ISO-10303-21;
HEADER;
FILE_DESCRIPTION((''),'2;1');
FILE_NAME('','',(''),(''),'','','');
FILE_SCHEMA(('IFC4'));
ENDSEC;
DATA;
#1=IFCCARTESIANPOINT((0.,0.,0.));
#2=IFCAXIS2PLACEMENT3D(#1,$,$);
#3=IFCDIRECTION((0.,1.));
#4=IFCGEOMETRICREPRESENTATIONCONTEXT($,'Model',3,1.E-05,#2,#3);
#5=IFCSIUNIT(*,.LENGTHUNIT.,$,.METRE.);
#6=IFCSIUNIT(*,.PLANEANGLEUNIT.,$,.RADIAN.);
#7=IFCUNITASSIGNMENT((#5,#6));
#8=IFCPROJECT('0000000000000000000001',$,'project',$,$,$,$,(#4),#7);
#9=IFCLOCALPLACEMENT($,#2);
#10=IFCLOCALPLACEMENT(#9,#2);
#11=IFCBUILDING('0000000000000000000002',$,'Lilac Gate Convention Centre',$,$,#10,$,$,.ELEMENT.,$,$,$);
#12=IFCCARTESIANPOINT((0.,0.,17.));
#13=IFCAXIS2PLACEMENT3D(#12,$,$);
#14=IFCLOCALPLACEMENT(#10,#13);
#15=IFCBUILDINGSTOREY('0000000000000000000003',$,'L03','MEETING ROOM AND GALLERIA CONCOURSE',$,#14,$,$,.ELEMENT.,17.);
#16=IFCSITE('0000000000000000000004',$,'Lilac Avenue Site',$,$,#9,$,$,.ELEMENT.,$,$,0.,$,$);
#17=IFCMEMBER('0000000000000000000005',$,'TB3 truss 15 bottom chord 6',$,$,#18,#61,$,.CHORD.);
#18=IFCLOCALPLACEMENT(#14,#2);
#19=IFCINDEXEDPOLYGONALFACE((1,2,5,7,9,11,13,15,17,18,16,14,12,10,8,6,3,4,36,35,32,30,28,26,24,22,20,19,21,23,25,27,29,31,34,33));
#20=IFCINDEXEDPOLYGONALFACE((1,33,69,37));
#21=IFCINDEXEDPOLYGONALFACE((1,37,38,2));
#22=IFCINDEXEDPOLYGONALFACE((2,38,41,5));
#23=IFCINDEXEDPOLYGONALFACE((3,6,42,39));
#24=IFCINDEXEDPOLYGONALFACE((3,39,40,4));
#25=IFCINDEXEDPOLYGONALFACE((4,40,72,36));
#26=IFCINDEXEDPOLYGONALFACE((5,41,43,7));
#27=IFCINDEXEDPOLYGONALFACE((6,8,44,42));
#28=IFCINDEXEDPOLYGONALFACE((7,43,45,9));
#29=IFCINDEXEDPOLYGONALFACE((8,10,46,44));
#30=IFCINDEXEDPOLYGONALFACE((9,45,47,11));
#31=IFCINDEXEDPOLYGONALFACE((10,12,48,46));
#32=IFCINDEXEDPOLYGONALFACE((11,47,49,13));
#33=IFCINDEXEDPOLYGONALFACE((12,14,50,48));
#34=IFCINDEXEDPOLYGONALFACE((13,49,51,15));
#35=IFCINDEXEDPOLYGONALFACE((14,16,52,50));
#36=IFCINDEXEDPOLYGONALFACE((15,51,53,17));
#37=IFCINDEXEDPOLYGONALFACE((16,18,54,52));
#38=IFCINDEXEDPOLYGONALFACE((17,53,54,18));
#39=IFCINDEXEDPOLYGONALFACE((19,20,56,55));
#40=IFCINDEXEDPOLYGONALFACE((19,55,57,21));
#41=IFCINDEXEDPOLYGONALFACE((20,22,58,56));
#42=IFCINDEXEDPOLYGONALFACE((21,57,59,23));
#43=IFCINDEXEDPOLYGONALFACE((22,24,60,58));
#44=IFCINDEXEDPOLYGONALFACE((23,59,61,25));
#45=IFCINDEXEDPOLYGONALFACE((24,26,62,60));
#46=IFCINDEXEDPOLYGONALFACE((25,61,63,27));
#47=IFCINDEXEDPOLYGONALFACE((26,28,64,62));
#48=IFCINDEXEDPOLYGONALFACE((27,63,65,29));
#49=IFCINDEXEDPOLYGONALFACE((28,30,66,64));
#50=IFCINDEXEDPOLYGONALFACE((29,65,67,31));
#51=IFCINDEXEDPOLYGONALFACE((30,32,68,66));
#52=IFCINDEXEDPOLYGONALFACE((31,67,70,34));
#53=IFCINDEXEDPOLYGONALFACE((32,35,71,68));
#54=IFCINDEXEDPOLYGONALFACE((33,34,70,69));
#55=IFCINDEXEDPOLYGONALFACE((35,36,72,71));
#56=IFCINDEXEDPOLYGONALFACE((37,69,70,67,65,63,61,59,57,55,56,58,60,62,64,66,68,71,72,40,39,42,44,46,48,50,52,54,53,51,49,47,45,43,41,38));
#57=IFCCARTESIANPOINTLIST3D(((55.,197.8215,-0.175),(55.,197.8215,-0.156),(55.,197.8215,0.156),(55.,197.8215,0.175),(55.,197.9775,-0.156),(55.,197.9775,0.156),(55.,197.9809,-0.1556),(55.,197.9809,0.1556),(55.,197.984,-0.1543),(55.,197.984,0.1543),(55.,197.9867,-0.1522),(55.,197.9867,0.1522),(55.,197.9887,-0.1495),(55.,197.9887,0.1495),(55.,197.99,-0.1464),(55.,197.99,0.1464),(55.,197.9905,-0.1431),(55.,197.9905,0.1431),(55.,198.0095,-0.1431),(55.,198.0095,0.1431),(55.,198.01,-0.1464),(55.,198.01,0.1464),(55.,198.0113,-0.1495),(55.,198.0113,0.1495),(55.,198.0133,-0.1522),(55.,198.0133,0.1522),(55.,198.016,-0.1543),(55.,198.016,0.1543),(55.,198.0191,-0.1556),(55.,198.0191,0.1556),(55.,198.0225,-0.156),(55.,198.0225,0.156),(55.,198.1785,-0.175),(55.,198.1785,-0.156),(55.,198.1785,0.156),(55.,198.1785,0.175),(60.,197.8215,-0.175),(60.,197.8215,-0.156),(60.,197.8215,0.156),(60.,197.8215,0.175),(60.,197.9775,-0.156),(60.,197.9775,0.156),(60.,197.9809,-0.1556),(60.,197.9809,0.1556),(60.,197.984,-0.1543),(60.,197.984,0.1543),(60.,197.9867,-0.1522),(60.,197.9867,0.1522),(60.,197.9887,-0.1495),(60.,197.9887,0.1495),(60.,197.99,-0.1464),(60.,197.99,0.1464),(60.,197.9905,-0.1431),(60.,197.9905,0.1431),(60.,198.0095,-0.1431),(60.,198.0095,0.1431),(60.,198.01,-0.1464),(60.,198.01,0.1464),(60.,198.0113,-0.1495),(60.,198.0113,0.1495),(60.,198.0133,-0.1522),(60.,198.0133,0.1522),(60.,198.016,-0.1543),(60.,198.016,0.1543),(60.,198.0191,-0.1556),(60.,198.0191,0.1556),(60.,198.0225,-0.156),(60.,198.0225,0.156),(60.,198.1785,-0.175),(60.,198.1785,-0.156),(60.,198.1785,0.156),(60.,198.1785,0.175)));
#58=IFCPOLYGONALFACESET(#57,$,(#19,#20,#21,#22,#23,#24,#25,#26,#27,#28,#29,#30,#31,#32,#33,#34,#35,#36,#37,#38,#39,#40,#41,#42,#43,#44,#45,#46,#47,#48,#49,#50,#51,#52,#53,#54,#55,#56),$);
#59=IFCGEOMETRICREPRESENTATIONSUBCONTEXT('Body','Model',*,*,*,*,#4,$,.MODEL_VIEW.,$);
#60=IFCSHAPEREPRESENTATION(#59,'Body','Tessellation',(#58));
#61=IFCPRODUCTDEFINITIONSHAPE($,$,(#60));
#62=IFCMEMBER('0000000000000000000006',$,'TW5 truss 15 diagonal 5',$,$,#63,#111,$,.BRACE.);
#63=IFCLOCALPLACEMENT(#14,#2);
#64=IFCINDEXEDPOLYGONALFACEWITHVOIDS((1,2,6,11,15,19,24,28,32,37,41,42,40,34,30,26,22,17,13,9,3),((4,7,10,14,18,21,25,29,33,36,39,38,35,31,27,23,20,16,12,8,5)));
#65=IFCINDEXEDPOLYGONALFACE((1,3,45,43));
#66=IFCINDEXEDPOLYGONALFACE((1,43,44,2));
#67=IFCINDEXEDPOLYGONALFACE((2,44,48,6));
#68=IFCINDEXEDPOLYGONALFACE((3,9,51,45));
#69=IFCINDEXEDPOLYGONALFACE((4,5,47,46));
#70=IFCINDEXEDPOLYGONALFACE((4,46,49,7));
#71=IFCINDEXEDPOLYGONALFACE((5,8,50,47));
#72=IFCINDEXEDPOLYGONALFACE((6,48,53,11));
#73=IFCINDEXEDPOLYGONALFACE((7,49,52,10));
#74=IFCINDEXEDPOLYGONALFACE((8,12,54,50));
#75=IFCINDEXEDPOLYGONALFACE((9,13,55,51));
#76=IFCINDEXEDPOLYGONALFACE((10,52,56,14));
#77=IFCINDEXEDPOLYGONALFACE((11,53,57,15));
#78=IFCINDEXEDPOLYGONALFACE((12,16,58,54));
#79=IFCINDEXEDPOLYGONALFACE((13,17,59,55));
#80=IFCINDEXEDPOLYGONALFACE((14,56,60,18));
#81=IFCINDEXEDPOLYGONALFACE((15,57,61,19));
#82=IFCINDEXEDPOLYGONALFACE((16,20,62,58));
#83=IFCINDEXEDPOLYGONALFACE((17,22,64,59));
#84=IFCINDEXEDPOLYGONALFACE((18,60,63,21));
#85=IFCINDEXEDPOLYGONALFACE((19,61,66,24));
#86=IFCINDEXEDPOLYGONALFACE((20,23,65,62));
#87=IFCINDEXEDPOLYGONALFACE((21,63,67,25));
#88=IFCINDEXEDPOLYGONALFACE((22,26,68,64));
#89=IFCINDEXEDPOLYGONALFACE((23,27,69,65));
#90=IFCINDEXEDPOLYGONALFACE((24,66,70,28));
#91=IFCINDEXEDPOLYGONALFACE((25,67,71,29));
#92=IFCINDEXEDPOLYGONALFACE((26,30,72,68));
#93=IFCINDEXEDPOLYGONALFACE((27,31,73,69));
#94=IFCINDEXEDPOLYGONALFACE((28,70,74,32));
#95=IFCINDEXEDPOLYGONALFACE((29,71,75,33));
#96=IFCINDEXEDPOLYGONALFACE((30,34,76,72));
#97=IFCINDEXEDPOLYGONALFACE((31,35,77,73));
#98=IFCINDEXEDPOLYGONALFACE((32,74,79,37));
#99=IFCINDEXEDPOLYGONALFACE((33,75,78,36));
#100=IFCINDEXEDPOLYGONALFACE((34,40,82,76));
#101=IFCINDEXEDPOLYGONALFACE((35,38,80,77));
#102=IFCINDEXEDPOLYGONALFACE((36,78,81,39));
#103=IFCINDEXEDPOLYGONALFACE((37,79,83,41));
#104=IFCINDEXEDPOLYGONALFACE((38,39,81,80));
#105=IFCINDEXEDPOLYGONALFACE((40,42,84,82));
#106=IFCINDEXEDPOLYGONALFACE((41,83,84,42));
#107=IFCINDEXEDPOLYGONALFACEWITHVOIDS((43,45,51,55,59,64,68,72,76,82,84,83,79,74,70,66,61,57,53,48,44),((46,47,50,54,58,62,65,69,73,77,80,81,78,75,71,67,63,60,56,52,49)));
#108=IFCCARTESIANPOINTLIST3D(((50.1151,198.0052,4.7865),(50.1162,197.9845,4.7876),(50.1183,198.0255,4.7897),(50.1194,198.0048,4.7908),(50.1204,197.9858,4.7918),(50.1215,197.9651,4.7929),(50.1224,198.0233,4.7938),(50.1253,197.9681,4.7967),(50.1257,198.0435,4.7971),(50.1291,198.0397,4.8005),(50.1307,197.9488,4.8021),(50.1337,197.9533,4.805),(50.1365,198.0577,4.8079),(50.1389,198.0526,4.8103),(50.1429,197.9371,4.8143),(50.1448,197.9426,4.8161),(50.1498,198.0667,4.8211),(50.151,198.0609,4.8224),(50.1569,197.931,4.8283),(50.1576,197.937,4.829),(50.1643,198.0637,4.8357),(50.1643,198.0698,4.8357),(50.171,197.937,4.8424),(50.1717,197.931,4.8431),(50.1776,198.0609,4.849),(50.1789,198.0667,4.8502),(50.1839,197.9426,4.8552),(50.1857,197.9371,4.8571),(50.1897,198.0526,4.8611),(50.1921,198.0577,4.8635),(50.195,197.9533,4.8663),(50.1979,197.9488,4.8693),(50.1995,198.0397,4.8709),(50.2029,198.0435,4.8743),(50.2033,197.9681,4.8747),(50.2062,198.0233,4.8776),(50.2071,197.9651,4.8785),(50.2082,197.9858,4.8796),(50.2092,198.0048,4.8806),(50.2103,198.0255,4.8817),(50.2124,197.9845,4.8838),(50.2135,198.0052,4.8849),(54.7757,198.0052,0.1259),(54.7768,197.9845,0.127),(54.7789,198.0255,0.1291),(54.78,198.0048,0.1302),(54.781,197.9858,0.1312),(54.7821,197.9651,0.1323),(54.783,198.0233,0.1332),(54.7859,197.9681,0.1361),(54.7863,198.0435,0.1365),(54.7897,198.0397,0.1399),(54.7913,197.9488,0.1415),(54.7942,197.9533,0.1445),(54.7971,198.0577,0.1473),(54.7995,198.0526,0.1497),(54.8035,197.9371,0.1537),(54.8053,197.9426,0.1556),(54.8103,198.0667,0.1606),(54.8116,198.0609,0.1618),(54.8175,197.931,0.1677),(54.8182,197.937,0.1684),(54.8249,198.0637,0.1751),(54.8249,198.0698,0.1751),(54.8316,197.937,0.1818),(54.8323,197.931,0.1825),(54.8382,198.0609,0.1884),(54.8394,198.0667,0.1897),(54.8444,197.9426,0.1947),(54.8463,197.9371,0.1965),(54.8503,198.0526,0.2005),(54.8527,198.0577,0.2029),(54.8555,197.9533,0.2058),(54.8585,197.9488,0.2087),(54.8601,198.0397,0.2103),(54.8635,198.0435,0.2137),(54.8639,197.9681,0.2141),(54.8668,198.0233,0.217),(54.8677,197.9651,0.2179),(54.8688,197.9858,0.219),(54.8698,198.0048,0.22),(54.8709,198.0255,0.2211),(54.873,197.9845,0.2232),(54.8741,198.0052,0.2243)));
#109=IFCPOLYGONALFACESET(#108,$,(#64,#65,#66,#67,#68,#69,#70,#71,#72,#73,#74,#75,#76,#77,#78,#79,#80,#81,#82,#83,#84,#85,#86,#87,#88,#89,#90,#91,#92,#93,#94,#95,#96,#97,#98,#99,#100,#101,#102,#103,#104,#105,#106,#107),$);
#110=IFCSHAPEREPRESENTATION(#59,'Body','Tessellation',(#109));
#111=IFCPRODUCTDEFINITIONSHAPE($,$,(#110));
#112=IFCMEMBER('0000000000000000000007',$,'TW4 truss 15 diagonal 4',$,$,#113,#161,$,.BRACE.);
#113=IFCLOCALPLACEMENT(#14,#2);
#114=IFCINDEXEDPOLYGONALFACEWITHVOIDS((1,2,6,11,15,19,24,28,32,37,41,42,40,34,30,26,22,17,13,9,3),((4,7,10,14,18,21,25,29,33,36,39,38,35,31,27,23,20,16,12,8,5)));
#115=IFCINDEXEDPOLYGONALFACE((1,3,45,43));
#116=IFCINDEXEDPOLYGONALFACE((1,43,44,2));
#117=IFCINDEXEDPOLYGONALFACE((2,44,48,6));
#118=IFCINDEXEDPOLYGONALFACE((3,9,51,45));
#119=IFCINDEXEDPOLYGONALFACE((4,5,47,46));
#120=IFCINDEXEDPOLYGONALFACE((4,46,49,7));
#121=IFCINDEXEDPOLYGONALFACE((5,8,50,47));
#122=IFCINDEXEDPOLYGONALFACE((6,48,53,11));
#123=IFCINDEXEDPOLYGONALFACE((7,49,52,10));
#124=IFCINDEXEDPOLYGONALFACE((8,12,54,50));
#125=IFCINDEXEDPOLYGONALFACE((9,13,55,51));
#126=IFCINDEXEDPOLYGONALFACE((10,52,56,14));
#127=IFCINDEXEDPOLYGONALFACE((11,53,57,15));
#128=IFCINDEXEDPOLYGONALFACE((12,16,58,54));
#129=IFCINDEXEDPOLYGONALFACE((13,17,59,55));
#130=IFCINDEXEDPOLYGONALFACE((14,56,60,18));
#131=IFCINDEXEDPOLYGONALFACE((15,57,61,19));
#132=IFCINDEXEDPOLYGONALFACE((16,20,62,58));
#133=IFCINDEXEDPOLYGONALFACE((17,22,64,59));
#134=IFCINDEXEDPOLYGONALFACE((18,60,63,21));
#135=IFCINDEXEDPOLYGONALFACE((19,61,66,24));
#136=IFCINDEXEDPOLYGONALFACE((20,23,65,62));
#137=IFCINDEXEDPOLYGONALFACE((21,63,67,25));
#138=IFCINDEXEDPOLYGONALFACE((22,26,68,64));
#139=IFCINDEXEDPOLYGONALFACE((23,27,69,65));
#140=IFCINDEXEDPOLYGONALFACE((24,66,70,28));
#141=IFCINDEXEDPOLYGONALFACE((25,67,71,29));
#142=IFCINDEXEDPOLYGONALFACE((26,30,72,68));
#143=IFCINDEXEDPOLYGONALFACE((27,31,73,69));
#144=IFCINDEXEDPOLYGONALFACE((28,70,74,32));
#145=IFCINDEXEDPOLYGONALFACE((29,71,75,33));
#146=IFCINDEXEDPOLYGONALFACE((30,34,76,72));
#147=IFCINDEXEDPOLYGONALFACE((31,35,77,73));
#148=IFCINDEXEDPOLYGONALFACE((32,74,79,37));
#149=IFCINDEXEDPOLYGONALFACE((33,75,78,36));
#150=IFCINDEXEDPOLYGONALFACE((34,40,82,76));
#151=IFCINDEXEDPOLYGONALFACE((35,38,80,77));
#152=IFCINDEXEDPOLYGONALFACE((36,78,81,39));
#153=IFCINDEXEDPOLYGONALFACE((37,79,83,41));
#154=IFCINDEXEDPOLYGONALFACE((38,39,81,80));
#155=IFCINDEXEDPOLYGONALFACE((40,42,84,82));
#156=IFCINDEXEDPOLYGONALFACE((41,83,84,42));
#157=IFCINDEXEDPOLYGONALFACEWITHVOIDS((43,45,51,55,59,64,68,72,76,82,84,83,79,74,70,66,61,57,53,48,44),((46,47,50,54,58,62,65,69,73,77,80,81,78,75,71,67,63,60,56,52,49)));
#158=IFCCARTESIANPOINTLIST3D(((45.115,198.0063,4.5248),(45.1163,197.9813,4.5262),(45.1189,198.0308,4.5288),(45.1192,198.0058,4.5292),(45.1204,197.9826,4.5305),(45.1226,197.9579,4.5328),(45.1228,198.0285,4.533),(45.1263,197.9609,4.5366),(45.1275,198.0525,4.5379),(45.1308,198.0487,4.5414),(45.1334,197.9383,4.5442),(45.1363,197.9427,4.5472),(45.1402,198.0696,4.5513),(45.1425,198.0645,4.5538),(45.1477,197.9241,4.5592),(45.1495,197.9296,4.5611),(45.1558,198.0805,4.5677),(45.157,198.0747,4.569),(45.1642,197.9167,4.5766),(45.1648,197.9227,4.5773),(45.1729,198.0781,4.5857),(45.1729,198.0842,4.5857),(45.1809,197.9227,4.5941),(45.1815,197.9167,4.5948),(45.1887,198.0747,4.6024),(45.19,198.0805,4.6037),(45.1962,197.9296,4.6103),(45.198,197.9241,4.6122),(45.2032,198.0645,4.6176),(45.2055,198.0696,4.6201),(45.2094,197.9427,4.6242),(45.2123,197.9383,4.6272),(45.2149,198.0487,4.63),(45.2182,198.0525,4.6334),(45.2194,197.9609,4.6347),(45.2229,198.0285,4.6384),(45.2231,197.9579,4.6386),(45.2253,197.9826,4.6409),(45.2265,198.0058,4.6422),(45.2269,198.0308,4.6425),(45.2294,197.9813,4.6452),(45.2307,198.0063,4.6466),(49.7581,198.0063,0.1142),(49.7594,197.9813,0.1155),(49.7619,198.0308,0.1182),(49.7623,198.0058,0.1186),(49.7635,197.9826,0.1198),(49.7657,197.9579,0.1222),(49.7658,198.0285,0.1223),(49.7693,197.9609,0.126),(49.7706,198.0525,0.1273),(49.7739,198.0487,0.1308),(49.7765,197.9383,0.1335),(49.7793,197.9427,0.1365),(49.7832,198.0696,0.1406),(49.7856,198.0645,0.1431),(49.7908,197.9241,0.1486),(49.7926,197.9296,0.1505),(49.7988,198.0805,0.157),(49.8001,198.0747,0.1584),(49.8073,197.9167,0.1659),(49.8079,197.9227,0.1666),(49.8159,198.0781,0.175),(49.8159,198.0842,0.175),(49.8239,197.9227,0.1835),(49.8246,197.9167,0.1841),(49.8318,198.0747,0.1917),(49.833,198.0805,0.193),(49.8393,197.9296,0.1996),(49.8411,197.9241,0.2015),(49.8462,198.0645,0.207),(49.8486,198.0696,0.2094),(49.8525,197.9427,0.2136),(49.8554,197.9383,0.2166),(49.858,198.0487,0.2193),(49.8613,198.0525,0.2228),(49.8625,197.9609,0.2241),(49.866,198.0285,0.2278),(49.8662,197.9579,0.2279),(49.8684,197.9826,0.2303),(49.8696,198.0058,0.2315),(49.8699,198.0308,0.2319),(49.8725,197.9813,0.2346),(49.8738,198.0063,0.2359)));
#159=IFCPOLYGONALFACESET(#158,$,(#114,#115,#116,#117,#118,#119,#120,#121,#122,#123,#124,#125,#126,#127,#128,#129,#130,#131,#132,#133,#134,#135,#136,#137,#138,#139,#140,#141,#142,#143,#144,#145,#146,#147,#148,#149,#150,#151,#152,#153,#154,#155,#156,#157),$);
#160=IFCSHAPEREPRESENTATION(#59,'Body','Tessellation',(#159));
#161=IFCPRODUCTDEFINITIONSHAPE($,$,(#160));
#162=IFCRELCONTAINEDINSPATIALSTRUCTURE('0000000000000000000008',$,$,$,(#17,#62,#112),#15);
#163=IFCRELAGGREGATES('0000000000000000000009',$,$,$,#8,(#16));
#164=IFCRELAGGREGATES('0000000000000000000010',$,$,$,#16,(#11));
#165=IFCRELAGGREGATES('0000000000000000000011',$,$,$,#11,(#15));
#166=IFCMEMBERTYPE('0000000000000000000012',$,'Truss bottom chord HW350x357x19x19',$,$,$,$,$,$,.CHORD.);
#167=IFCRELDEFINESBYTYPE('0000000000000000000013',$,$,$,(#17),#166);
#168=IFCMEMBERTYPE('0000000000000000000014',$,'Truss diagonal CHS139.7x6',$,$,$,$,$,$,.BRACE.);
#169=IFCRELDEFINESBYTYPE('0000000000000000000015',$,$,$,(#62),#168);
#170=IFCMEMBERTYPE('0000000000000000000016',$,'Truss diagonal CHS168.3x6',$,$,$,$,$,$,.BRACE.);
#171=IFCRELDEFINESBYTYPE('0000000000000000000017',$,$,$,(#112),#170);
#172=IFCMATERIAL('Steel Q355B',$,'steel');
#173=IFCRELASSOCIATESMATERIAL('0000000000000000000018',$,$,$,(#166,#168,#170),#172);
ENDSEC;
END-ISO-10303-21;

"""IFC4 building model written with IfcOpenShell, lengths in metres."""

from ifc_helpers import new_model, si_unit, direction, frame, origin, origin_2d, place, context, subcontext, project, spatial, hollow_circle, i_section, extrude, material, material_profile, profile_set, type_object, element, save


model = new_model("IFC4")

# Units and contexts
model_context = context("Model", 3, precision=1e-05, world=origin(), true_north=direction((0.0, 1.0)))
body_context = subcontext(model_context, "Body", "Model", "MODEL_VIEW")
ifc_project = project(units=[si_unit("LENGTHUNIT", "METRE"), si_unit("PLANEANGLEUNIT", "RADIAN")], contexts=[model_context])

# Site, building, storey
site_placement = place(None, origin())
site = spatial("IfcSite", under=ifc_project, at=site_placement, Name="Lilac Avenue Site", CompositionType="ELEMENT", RefElevation=0.0)
building_placement = place(site_placement, origin())
building = spatial("IfcBuilding", under=site, at=building_placement, Name="Lilac Gate Convention Centre", CompositionType="ELEMENT")
storey_placement = place(building_placement, frame((0.0, 0.0, 17.0)))
storey = spatial("IfcBuildingStorey", under=building, at=storey_placement, Name="L03", Description="MEETING ROOM AND GALLERIA CONCOURSE", CompositionType="ELEMENT", Elevation=17.0)

# Members
ifc_material = material(Name="Steel Q355B", Category="steel")
ifc_material_profile_1 = material_profile(ifc_material, i_section(OverallWidth=0.3569, OverallDepth=0.3501, WebThickness=0.019, FlangeThickness=0.019, FilletRadius=0.0129, at=origin_2d()), Name="HW350x357x19x19")
ifc_profile_set_1 = profile_set([ifc_material_profile_1], Name="Steel Q355B")
member_type_1 = type_object("IfcMemberType", Name="Truss bottom chord HW350x357x19x19", PredefinedType="CHORD", material=ifc_profile_set_1)
for number, where, z_axis, x_axis, name in (
    (1, (55.0, 198.0, 0.0), (1.0, 0.0, 0.0), (0.0, 1.0, 0.0), "TB3 truss 15 bottom chord 6"),
):
    element("IfcMember", number, at=place(storey_placement, frame(where, z_axis=z_axis, x_axis=x_axis)), inside=storey, type_object=member_type_1, Name=name, PredefinedType="CHORD", context=body_context, shape_type="SweptSolid", body=[
        extrude(i_section(OverallWidth=0.3569, OverallDepth=0.3501, WebThickness=0.019, FlangeThickness=0.019, FilletRadius=0.0129, at=origin_2d()), origin(), (0.0, 0.0, 1.0), 5.0),
    ])
ifc_material_profile_2 = material_profile(ifc_material, hollow_circle(Radius=0.0698, WallThickness=0.0061, at=origin_2d()), Name="CHS139.7x6")
ifc_profile_set_2 = profile_set([ifc_material_profile_2], Name="Steel Q355B")
member_type_2 = type_object("IfcMemberType", Name="Truss diagonal CHS139.7x6", PredefinedType="BRACE", material=ifc_profile_set_2)
member_1_placement = place(storey_placement, frame((50.1643, 198.0, 4.8357), z_axis=(0.707107, 0.0, -0.707107), x_axis=(0.0, 1.0, 0.0)))
element("IfcMember", 2, at=member_1_placement, inside=storey, type_object=member_type_2, Name="TW5 truss 15 diagonal 5", PredefinedType="BRACE", context=body_context, shape_type="SweptSolid", body=[
    extrude(hollow_circle(Radius=0.0698, WallThickness=0.0061, at=origin_2d()), origin(), (0.0, 0.0, 1.0), 6.5911),
])
ifc_material_profile_3 = material_profile(ifc_material, hollow_circle(Radius=0.0842, WallThickness=0.0061, at=origin_2d()), Name="CHS168.3x6")
ifc_profile_set_3 = profile_set([ifc_material_profile_3], Name="Steel Q355B")
member_type_3 = type_object("IfcMemberType", Name="Truss diagonal CHS168.3x6", PredefinedType="BRACE", material=ifc_profile_set_3)
member_2_placement = place(storey_placement, frame((45.1729, 198.0, 4.5857), z_axis=(0.72502, 0.0, -0.688727), x_axis=(0.0, 1.0, 0.0)))
element("IfcMember", 3, at=member_2_placement, inside=storey, type_object=member_type_3, Name="TW4 truss 15 diagonal 4", PredefinedType="BRACE", context=body_context, shape_type="SweptSolid", body=[
    extrude(hollow_circle(Radius=0.0842, WallThickness=0.0061, at=origin_2d()), origin(), (0.0, 0.0, 1.0), 6.4041),
])

save(model, "model.ifc")
